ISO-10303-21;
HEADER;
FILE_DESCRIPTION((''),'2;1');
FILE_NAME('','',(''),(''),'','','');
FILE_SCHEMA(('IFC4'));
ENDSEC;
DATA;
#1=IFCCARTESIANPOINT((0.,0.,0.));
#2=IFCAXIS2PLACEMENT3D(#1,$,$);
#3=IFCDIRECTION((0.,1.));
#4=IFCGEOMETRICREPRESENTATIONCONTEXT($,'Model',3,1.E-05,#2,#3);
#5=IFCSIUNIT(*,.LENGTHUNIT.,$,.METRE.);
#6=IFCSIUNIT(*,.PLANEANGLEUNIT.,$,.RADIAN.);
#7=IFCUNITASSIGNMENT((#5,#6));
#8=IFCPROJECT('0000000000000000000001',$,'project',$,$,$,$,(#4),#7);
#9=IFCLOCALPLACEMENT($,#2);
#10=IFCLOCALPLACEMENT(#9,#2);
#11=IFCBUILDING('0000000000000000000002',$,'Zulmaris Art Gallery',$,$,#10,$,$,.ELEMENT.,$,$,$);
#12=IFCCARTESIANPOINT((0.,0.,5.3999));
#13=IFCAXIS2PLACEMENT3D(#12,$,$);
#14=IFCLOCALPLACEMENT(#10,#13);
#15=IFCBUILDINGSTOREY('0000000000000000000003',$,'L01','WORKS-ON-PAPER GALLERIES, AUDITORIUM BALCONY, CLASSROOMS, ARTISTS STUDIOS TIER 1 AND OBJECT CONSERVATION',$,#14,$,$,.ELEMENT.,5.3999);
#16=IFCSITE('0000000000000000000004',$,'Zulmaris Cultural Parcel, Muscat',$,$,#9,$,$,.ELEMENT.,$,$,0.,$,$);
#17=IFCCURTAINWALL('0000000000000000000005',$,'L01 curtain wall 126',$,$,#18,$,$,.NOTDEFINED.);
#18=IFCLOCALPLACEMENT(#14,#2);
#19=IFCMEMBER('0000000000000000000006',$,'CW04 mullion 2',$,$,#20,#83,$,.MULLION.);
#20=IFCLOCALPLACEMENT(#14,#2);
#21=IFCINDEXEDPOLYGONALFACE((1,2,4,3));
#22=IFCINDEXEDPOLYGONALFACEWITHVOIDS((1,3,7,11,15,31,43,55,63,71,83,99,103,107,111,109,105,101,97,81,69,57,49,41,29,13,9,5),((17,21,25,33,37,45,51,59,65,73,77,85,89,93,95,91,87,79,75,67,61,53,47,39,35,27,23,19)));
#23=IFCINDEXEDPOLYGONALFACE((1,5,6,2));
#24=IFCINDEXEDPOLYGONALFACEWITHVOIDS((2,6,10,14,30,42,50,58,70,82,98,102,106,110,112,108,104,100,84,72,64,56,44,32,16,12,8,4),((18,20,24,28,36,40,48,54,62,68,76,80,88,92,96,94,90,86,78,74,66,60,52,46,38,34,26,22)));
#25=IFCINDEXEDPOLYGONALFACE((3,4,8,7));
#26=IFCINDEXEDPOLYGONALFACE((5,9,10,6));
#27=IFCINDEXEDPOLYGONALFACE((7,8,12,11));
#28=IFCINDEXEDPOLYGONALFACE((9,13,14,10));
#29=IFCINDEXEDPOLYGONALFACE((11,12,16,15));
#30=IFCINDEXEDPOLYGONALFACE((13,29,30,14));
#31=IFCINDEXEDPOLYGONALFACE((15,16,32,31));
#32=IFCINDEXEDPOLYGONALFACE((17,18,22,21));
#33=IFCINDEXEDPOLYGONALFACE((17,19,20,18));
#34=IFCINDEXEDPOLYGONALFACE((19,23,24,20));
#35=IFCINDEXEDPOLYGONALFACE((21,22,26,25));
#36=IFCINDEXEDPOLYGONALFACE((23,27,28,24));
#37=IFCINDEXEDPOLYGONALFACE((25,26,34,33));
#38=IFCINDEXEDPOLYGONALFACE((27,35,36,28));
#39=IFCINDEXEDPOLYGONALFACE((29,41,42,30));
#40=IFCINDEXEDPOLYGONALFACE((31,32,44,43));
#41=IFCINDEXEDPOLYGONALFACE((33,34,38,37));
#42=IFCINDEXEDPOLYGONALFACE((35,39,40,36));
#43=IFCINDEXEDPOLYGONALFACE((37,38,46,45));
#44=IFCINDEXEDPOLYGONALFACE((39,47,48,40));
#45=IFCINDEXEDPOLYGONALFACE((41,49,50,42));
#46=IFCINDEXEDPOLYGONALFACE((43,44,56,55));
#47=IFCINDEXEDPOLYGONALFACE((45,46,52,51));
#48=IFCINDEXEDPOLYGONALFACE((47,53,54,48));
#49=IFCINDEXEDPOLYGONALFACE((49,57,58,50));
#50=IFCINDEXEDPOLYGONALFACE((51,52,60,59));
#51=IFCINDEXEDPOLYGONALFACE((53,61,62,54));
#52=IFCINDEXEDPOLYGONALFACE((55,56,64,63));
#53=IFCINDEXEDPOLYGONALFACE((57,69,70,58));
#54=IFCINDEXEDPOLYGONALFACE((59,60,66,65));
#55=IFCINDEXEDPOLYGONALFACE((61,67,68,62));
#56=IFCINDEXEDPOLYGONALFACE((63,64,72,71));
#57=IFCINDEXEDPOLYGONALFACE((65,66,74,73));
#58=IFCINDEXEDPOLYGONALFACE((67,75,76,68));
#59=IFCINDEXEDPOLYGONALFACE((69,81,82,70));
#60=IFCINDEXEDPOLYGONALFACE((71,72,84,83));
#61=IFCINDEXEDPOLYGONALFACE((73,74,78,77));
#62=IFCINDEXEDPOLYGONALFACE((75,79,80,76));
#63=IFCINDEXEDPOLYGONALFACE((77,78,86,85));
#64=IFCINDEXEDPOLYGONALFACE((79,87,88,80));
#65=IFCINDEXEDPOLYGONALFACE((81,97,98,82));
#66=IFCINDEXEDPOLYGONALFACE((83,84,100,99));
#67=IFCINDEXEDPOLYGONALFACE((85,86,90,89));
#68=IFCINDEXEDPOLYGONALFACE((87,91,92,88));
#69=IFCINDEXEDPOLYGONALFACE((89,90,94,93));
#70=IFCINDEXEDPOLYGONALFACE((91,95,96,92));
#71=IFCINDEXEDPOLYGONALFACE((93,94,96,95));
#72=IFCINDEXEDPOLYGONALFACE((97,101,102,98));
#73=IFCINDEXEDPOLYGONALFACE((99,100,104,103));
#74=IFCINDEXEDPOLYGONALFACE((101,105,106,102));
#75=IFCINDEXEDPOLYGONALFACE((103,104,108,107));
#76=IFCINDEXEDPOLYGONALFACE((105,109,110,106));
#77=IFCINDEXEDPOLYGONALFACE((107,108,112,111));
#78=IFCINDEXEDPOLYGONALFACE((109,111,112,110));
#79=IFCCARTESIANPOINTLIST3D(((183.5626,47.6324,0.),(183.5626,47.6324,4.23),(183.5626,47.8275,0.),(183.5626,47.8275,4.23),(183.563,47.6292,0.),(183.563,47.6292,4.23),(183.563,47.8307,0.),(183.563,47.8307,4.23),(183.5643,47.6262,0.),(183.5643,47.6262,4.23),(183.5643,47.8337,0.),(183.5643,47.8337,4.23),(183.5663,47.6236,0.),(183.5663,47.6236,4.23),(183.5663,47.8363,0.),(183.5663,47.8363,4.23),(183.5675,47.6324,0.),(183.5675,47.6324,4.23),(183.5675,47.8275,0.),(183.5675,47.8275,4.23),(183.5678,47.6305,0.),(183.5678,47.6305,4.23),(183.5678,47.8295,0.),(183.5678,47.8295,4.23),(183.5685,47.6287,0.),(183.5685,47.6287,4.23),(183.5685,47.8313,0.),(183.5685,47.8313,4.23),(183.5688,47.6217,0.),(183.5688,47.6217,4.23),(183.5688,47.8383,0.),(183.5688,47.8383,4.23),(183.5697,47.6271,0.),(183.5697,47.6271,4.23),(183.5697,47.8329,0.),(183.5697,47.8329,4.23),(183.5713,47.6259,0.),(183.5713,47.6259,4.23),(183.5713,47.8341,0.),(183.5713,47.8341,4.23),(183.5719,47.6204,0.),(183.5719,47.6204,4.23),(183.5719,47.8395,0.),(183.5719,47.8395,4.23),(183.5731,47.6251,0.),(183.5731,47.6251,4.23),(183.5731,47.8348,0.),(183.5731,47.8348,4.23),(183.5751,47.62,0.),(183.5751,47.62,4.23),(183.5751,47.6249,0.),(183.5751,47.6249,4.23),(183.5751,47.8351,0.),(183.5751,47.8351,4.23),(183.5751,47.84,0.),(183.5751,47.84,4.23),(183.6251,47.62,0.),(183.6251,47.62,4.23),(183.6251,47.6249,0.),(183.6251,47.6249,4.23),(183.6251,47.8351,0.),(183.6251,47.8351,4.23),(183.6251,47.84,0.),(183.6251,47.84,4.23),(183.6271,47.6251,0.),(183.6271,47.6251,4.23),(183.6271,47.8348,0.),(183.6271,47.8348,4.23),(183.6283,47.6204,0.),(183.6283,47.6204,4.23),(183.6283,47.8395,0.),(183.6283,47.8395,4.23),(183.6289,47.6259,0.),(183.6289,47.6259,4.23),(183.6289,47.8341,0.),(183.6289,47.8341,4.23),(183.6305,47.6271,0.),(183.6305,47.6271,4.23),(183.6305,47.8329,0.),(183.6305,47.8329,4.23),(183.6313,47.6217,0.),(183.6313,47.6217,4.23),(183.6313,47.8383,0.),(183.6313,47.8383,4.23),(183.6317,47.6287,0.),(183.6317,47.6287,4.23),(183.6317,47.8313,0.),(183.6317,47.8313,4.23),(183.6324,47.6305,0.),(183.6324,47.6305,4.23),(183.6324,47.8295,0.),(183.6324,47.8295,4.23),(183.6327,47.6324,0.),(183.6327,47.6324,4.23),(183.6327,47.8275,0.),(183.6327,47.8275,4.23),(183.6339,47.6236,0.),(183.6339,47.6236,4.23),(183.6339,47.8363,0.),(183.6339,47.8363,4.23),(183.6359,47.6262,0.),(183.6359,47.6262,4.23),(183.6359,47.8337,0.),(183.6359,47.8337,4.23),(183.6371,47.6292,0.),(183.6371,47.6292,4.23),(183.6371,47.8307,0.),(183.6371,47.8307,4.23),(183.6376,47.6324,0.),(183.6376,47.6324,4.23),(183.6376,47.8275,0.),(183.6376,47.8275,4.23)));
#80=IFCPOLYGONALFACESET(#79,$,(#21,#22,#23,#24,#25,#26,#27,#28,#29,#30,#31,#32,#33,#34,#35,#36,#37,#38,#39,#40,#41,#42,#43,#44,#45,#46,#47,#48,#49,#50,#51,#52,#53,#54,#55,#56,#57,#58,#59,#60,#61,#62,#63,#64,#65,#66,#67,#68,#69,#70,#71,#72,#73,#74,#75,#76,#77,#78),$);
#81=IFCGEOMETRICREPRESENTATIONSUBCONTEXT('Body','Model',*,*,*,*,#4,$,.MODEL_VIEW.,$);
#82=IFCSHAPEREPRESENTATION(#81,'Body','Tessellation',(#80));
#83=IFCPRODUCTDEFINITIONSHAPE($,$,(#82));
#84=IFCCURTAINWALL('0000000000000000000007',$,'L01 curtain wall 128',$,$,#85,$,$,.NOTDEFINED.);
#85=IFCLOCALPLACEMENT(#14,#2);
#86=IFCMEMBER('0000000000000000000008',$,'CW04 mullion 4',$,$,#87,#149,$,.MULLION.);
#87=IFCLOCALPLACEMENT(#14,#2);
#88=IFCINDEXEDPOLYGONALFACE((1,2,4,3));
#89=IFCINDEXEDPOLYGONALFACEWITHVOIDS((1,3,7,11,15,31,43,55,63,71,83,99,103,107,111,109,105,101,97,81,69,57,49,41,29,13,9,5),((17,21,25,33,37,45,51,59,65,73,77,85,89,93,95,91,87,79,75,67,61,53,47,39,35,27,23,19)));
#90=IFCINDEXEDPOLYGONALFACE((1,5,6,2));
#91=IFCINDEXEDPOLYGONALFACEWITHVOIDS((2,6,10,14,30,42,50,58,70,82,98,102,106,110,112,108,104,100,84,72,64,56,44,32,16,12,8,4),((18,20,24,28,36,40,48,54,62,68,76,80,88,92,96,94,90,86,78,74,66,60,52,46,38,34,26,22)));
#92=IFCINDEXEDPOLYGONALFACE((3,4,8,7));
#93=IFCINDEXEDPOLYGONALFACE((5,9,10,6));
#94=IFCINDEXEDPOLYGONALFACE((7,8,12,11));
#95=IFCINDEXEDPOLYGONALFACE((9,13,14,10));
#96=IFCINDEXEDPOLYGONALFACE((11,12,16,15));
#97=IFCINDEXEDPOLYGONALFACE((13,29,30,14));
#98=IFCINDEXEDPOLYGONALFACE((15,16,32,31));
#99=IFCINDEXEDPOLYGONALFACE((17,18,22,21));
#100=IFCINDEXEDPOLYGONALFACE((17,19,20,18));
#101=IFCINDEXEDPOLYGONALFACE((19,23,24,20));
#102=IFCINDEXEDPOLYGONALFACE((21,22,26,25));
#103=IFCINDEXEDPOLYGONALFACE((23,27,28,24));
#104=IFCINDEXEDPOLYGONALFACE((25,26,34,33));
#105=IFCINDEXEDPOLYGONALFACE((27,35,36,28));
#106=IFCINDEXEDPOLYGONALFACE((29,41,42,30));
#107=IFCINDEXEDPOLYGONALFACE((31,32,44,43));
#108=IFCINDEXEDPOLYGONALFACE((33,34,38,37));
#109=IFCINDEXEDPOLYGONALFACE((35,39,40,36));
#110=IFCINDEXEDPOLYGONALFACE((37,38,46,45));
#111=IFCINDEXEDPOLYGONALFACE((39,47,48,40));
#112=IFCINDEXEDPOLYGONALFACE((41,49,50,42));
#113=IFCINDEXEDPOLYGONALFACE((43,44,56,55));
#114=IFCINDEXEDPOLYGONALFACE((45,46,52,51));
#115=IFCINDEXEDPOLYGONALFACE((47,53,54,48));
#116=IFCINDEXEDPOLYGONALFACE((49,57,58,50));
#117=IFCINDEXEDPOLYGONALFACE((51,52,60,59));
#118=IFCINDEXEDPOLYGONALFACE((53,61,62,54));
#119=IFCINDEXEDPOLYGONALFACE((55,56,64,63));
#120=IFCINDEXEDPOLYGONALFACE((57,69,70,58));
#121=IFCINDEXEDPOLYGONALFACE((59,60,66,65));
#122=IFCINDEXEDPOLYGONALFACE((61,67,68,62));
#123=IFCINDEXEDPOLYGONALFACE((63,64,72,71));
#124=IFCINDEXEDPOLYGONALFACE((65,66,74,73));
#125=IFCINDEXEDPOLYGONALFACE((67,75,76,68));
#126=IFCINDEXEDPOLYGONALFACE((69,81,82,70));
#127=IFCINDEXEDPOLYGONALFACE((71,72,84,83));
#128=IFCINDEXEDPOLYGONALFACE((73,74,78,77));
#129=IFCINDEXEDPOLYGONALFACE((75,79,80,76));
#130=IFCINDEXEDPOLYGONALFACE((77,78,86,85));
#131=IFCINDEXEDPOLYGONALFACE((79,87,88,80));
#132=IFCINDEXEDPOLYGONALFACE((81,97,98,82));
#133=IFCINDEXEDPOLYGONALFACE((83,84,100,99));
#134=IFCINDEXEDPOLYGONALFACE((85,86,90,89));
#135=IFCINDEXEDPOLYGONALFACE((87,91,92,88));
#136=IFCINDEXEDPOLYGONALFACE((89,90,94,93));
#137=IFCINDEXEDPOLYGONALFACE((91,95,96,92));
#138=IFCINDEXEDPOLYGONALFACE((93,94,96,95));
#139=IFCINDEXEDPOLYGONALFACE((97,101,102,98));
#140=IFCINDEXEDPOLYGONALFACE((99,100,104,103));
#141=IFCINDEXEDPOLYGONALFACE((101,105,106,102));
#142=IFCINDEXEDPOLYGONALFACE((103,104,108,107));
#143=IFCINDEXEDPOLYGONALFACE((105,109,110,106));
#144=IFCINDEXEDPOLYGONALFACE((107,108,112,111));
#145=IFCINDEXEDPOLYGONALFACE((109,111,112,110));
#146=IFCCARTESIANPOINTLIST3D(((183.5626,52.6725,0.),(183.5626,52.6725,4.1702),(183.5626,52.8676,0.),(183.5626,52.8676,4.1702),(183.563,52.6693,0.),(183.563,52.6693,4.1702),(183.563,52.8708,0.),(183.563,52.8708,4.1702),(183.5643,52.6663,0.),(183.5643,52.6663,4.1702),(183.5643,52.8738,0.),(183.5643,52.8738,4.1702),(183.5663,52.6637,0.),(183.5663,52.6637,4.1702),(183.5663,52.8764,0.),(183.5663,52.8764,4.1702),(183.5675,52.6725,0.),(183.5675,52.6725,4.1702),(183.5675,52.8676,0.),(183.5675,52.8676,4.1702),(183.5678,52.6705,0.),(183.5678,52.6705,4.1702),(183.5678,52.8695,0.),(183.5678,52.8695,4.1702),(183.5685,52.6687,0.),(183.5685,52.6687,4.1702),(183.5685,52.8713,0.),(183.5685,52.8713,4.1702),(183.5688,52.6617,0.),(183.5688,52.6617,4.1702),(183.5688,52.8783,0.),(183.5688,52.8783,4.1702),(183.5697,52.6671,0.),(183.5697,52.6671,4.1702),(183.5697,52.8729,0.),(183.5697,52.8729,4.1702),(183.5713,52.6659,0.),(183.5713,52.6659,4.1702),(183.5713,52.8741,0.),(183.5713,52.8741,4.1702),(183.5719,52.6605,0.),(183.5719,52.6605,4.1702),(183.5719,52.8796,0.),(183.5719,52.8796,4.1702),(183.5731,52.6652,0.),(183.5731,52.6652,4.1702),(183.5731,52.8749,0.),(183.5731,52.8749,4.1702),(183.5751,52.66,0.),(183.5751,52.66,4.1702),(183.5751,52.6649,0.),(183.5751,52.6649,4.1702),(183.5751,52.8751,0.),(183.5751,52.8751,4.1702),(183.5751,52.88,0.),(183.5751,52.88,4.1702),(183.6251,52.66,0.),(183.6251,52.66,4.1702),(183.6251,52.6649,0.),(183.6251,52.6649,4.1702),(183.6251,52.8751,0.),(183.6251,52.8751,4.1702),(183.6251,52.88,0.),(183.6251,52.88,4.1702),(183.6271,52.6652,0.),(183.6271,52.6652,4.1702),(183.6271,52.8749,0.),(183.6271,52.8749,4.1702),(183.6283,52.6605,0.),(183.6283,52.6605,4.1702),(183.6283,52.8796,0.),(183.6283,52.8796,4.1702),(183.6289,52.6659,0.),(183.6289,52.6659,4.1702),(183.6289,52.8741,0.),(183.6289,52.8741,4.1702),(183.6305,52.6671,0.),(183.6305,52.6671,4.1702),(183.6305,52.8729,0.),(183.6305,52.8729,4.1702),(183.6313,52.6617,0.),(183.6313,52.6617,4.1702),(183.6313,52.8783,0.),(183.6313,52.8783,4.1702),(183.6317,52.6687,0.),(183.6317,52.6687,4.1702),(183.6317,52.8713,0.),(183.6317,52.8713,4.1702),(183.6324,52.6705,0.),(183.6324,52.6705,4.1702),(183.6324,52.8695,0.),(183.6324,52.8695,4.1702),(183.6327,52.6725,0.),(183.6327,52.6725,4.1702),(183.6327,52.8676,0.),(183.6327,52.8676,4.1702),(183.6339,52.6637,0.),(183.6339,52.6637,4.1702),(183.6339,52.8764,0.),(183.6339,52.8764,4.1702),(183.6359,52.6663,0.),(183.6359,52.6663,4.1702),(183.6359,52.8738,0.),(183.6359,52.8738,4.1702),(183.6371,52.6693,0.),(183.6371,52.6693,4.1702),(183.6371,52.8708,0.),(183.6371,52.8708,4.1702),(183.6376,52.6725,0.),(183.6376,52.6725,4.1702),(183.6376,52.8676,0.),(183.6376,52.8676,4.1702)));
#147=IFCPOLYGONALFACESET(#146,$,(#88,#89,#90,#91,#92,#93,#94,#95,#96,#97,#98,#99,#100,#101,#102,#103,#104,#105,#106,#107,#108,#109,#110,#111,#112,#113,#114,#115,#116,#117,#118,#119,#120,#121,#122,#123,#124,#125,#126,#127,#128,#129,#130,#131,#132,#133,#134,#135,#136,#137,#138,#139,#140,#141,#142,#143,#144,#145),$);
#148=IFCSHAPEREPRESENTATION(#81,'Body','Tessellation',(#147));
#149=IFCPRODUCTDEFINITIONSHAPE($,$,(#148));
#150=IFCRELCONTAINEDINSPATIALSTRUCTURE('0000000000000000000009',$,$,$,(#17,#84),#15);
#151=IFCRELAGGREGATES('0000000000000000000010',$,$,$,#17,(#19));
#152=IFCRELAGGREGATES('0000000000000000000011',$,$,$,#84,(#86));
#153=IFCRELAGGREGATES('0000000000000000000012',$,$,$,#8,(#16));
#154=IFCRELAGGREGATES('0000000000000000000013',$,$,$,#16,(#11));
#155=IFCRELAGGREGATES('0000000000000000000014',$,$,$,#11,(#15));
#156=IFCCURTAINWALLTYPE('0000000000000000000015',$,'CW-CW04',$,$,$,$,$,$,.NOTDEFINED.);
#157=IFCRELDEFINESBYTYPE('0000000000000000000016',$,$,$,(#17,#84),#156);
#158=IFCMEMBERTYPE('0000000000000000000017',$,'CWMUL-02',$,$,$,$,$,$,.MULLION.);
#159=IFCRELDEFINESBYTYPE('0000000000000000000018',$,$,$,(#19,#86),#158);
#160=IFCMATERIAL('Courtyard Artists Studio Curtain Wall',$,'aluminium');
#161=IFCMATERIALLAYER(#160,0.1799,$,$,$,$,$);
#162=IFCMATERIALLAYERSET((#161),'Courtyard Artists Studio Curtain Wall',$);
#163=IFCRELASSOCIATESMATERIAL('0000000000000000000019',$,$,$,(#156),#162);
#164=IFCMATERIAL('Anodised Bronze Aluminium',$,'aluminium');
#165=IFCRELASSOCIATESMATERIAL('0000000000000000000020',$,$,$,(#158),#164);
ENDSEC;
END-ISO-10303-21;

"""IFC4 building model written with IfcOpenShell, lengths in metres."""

from ifc_helpers import new_model, si_unit, direction, frame, origin, origin_2d, place, context, subcontext, project, spatial, hollow_rectangle, extrude, material, layer, layer_set, material_profile, profile_set, type_object, element, aggregate, save


model = new_model("IFC4")

# Units and contexts
model_context = context("Model", 3, precision=1e-05, world=origin(), true_north=direction((0.0, 1.0)))
body_context = subcontext(model_context, "Body", "Model", "MODEL_VIEW")
ifc_project = project(units=[si_unit("LENGTHUNIT", "METRE"), si_unit("PLANEANGLEUNIT", "RADIAN")], contexts=[model_context])

# Site, building, storey
site_placement = place(None, origin())
site = spatial("IfcSite", under=ifc_project, at=site_placement, Name="Zulmaris Cultural Parcel, Muscat", CompositionType="ELEMENT", RefElevation=0.0)
building_placement = place(site_placement, origin())
building = spatial("IfcBuilding", under=site, at=building_placement, Name="Zulmaris Art Gallery", CompositionType="ELEMENT")
storey_placement = place(building_placement, frame((0.0, 0.0, 5.3999)))
storey = spatial("IfcBuildingStorey", under=building, at=storey_placement, Name="L01", Description="WORKS-ON-PAPER GALLERIES, AUDITORIUM BALCONY, CLASSROOMS, ARTISTS STUDIOS TIER 1 AND OBJECT CONSERVATION", CompositionType="ELEMENT", Elevation=5.3999)

# Curtain walls, members
ifc_material_1 = material(Name="Courtyard Artists Studio Curtain Wall", Category="aluminium")
ifc_layer_1 = layer(ifc_material_1, 0.1799)
ifc_layer_set_1 = layer_set([ifc_layer_1], Name="Courtyard Artists Studio Curtain Wall")
curtain_wall_type = type_object("IfcCurtainWallType", Name="CW-CW04", PredefinedType="NOTDEFINED", material=ifc_layer_set_1)
curtain_wall_1_placement = place(storey_placement, origin())
curtain_wall_1 = element("IfcCurtainWall", 1, at=curtain_wall_1_placement, inside=storey, type_object=curtain_wall_type, Name="L01 curtain wall 126", PredefinedType="NOTDEFINED")
ifc_material_2 = material(Name="Anodised Bronze Aluminium", Category="aluminium")
ifc_material_profile_1 = material_profile(ifc_material_2, hollow_rectangle(XDim=0.075, YDim=0.22, WallThickness=0.0049, InnerFilletRadius=0.0076, OuterFilletRadius=0.0125, at=origin_2d()), Name="ALU 75x220x5")
ifc_profile_set_1 = profile_set([ifc_material_profile_1], Name="Anodised Bronze Aluminium")
member_type_1 = type_object("IfcMemberType", Name="CWMUL-02", PredefinedType="MULLION", material=ifc_profile_set_1)
member_1_placement = place(storey_placement, frame((183.6001, 47.73, 0.0), z_axis=(0.0, 0.0, 1.0), x_axis=(1.0, 0.0, 0.0)))
member_1 = element("IfcMember", 2, at=member_1_placement, type_object=member_type_1, Name="CW04 mullion 2", PredefinedType="MULLION", context=body_context, shape_type="SweptSolid", body=[
    extrude(hollow_rectangle(XDim=0.075, YDim=0.22, WallThickness=0.0049, InnerFilletRadius=0.0076, OuterFilletRadius=0.0125, at=origin_2d()), origin(), (0.0, 0.0, 1.0), 4.23),
])
curtain_wall_2_placement = place(storey_placement, origin())
curtain_wall_2 = element("IfcCurtainWall", 3, at=curtain_wall_2_placement, inside=storey, type_object=curtain_wall_type, Name="L01 curtain wall 128", PredefinedType="NOTDEFINED")
member_2_placement = place(storey_placement, frame((183.6001, 52.77, 0.0), z_axis=(0.0, 0.0, 1.0), x_axis=(1.0, 0.0, 0.0)))
member_2 = element("IfcMember", 4, at=member_2_placement, type_object=member_type_1, Name="CW04 mullion 4", PredefinedType="MULLION", context=body_context, shape_type="SweptSolid", body=[
    extrude(hollow_rectangle(XDim=0.075, YDim=0.22, WallThickness=0.0049, InnerFilletRadius=0.0076, OuterFilletRadius=0.0125, at=origin_2d()), origin(), (0.0, 0.0, 1.0), 4.1702),
])

aggregate(curtain_wall_1, [member_1])
aggregate(curtain_wall_2, [member_2])

save(model, "model.ifc")
